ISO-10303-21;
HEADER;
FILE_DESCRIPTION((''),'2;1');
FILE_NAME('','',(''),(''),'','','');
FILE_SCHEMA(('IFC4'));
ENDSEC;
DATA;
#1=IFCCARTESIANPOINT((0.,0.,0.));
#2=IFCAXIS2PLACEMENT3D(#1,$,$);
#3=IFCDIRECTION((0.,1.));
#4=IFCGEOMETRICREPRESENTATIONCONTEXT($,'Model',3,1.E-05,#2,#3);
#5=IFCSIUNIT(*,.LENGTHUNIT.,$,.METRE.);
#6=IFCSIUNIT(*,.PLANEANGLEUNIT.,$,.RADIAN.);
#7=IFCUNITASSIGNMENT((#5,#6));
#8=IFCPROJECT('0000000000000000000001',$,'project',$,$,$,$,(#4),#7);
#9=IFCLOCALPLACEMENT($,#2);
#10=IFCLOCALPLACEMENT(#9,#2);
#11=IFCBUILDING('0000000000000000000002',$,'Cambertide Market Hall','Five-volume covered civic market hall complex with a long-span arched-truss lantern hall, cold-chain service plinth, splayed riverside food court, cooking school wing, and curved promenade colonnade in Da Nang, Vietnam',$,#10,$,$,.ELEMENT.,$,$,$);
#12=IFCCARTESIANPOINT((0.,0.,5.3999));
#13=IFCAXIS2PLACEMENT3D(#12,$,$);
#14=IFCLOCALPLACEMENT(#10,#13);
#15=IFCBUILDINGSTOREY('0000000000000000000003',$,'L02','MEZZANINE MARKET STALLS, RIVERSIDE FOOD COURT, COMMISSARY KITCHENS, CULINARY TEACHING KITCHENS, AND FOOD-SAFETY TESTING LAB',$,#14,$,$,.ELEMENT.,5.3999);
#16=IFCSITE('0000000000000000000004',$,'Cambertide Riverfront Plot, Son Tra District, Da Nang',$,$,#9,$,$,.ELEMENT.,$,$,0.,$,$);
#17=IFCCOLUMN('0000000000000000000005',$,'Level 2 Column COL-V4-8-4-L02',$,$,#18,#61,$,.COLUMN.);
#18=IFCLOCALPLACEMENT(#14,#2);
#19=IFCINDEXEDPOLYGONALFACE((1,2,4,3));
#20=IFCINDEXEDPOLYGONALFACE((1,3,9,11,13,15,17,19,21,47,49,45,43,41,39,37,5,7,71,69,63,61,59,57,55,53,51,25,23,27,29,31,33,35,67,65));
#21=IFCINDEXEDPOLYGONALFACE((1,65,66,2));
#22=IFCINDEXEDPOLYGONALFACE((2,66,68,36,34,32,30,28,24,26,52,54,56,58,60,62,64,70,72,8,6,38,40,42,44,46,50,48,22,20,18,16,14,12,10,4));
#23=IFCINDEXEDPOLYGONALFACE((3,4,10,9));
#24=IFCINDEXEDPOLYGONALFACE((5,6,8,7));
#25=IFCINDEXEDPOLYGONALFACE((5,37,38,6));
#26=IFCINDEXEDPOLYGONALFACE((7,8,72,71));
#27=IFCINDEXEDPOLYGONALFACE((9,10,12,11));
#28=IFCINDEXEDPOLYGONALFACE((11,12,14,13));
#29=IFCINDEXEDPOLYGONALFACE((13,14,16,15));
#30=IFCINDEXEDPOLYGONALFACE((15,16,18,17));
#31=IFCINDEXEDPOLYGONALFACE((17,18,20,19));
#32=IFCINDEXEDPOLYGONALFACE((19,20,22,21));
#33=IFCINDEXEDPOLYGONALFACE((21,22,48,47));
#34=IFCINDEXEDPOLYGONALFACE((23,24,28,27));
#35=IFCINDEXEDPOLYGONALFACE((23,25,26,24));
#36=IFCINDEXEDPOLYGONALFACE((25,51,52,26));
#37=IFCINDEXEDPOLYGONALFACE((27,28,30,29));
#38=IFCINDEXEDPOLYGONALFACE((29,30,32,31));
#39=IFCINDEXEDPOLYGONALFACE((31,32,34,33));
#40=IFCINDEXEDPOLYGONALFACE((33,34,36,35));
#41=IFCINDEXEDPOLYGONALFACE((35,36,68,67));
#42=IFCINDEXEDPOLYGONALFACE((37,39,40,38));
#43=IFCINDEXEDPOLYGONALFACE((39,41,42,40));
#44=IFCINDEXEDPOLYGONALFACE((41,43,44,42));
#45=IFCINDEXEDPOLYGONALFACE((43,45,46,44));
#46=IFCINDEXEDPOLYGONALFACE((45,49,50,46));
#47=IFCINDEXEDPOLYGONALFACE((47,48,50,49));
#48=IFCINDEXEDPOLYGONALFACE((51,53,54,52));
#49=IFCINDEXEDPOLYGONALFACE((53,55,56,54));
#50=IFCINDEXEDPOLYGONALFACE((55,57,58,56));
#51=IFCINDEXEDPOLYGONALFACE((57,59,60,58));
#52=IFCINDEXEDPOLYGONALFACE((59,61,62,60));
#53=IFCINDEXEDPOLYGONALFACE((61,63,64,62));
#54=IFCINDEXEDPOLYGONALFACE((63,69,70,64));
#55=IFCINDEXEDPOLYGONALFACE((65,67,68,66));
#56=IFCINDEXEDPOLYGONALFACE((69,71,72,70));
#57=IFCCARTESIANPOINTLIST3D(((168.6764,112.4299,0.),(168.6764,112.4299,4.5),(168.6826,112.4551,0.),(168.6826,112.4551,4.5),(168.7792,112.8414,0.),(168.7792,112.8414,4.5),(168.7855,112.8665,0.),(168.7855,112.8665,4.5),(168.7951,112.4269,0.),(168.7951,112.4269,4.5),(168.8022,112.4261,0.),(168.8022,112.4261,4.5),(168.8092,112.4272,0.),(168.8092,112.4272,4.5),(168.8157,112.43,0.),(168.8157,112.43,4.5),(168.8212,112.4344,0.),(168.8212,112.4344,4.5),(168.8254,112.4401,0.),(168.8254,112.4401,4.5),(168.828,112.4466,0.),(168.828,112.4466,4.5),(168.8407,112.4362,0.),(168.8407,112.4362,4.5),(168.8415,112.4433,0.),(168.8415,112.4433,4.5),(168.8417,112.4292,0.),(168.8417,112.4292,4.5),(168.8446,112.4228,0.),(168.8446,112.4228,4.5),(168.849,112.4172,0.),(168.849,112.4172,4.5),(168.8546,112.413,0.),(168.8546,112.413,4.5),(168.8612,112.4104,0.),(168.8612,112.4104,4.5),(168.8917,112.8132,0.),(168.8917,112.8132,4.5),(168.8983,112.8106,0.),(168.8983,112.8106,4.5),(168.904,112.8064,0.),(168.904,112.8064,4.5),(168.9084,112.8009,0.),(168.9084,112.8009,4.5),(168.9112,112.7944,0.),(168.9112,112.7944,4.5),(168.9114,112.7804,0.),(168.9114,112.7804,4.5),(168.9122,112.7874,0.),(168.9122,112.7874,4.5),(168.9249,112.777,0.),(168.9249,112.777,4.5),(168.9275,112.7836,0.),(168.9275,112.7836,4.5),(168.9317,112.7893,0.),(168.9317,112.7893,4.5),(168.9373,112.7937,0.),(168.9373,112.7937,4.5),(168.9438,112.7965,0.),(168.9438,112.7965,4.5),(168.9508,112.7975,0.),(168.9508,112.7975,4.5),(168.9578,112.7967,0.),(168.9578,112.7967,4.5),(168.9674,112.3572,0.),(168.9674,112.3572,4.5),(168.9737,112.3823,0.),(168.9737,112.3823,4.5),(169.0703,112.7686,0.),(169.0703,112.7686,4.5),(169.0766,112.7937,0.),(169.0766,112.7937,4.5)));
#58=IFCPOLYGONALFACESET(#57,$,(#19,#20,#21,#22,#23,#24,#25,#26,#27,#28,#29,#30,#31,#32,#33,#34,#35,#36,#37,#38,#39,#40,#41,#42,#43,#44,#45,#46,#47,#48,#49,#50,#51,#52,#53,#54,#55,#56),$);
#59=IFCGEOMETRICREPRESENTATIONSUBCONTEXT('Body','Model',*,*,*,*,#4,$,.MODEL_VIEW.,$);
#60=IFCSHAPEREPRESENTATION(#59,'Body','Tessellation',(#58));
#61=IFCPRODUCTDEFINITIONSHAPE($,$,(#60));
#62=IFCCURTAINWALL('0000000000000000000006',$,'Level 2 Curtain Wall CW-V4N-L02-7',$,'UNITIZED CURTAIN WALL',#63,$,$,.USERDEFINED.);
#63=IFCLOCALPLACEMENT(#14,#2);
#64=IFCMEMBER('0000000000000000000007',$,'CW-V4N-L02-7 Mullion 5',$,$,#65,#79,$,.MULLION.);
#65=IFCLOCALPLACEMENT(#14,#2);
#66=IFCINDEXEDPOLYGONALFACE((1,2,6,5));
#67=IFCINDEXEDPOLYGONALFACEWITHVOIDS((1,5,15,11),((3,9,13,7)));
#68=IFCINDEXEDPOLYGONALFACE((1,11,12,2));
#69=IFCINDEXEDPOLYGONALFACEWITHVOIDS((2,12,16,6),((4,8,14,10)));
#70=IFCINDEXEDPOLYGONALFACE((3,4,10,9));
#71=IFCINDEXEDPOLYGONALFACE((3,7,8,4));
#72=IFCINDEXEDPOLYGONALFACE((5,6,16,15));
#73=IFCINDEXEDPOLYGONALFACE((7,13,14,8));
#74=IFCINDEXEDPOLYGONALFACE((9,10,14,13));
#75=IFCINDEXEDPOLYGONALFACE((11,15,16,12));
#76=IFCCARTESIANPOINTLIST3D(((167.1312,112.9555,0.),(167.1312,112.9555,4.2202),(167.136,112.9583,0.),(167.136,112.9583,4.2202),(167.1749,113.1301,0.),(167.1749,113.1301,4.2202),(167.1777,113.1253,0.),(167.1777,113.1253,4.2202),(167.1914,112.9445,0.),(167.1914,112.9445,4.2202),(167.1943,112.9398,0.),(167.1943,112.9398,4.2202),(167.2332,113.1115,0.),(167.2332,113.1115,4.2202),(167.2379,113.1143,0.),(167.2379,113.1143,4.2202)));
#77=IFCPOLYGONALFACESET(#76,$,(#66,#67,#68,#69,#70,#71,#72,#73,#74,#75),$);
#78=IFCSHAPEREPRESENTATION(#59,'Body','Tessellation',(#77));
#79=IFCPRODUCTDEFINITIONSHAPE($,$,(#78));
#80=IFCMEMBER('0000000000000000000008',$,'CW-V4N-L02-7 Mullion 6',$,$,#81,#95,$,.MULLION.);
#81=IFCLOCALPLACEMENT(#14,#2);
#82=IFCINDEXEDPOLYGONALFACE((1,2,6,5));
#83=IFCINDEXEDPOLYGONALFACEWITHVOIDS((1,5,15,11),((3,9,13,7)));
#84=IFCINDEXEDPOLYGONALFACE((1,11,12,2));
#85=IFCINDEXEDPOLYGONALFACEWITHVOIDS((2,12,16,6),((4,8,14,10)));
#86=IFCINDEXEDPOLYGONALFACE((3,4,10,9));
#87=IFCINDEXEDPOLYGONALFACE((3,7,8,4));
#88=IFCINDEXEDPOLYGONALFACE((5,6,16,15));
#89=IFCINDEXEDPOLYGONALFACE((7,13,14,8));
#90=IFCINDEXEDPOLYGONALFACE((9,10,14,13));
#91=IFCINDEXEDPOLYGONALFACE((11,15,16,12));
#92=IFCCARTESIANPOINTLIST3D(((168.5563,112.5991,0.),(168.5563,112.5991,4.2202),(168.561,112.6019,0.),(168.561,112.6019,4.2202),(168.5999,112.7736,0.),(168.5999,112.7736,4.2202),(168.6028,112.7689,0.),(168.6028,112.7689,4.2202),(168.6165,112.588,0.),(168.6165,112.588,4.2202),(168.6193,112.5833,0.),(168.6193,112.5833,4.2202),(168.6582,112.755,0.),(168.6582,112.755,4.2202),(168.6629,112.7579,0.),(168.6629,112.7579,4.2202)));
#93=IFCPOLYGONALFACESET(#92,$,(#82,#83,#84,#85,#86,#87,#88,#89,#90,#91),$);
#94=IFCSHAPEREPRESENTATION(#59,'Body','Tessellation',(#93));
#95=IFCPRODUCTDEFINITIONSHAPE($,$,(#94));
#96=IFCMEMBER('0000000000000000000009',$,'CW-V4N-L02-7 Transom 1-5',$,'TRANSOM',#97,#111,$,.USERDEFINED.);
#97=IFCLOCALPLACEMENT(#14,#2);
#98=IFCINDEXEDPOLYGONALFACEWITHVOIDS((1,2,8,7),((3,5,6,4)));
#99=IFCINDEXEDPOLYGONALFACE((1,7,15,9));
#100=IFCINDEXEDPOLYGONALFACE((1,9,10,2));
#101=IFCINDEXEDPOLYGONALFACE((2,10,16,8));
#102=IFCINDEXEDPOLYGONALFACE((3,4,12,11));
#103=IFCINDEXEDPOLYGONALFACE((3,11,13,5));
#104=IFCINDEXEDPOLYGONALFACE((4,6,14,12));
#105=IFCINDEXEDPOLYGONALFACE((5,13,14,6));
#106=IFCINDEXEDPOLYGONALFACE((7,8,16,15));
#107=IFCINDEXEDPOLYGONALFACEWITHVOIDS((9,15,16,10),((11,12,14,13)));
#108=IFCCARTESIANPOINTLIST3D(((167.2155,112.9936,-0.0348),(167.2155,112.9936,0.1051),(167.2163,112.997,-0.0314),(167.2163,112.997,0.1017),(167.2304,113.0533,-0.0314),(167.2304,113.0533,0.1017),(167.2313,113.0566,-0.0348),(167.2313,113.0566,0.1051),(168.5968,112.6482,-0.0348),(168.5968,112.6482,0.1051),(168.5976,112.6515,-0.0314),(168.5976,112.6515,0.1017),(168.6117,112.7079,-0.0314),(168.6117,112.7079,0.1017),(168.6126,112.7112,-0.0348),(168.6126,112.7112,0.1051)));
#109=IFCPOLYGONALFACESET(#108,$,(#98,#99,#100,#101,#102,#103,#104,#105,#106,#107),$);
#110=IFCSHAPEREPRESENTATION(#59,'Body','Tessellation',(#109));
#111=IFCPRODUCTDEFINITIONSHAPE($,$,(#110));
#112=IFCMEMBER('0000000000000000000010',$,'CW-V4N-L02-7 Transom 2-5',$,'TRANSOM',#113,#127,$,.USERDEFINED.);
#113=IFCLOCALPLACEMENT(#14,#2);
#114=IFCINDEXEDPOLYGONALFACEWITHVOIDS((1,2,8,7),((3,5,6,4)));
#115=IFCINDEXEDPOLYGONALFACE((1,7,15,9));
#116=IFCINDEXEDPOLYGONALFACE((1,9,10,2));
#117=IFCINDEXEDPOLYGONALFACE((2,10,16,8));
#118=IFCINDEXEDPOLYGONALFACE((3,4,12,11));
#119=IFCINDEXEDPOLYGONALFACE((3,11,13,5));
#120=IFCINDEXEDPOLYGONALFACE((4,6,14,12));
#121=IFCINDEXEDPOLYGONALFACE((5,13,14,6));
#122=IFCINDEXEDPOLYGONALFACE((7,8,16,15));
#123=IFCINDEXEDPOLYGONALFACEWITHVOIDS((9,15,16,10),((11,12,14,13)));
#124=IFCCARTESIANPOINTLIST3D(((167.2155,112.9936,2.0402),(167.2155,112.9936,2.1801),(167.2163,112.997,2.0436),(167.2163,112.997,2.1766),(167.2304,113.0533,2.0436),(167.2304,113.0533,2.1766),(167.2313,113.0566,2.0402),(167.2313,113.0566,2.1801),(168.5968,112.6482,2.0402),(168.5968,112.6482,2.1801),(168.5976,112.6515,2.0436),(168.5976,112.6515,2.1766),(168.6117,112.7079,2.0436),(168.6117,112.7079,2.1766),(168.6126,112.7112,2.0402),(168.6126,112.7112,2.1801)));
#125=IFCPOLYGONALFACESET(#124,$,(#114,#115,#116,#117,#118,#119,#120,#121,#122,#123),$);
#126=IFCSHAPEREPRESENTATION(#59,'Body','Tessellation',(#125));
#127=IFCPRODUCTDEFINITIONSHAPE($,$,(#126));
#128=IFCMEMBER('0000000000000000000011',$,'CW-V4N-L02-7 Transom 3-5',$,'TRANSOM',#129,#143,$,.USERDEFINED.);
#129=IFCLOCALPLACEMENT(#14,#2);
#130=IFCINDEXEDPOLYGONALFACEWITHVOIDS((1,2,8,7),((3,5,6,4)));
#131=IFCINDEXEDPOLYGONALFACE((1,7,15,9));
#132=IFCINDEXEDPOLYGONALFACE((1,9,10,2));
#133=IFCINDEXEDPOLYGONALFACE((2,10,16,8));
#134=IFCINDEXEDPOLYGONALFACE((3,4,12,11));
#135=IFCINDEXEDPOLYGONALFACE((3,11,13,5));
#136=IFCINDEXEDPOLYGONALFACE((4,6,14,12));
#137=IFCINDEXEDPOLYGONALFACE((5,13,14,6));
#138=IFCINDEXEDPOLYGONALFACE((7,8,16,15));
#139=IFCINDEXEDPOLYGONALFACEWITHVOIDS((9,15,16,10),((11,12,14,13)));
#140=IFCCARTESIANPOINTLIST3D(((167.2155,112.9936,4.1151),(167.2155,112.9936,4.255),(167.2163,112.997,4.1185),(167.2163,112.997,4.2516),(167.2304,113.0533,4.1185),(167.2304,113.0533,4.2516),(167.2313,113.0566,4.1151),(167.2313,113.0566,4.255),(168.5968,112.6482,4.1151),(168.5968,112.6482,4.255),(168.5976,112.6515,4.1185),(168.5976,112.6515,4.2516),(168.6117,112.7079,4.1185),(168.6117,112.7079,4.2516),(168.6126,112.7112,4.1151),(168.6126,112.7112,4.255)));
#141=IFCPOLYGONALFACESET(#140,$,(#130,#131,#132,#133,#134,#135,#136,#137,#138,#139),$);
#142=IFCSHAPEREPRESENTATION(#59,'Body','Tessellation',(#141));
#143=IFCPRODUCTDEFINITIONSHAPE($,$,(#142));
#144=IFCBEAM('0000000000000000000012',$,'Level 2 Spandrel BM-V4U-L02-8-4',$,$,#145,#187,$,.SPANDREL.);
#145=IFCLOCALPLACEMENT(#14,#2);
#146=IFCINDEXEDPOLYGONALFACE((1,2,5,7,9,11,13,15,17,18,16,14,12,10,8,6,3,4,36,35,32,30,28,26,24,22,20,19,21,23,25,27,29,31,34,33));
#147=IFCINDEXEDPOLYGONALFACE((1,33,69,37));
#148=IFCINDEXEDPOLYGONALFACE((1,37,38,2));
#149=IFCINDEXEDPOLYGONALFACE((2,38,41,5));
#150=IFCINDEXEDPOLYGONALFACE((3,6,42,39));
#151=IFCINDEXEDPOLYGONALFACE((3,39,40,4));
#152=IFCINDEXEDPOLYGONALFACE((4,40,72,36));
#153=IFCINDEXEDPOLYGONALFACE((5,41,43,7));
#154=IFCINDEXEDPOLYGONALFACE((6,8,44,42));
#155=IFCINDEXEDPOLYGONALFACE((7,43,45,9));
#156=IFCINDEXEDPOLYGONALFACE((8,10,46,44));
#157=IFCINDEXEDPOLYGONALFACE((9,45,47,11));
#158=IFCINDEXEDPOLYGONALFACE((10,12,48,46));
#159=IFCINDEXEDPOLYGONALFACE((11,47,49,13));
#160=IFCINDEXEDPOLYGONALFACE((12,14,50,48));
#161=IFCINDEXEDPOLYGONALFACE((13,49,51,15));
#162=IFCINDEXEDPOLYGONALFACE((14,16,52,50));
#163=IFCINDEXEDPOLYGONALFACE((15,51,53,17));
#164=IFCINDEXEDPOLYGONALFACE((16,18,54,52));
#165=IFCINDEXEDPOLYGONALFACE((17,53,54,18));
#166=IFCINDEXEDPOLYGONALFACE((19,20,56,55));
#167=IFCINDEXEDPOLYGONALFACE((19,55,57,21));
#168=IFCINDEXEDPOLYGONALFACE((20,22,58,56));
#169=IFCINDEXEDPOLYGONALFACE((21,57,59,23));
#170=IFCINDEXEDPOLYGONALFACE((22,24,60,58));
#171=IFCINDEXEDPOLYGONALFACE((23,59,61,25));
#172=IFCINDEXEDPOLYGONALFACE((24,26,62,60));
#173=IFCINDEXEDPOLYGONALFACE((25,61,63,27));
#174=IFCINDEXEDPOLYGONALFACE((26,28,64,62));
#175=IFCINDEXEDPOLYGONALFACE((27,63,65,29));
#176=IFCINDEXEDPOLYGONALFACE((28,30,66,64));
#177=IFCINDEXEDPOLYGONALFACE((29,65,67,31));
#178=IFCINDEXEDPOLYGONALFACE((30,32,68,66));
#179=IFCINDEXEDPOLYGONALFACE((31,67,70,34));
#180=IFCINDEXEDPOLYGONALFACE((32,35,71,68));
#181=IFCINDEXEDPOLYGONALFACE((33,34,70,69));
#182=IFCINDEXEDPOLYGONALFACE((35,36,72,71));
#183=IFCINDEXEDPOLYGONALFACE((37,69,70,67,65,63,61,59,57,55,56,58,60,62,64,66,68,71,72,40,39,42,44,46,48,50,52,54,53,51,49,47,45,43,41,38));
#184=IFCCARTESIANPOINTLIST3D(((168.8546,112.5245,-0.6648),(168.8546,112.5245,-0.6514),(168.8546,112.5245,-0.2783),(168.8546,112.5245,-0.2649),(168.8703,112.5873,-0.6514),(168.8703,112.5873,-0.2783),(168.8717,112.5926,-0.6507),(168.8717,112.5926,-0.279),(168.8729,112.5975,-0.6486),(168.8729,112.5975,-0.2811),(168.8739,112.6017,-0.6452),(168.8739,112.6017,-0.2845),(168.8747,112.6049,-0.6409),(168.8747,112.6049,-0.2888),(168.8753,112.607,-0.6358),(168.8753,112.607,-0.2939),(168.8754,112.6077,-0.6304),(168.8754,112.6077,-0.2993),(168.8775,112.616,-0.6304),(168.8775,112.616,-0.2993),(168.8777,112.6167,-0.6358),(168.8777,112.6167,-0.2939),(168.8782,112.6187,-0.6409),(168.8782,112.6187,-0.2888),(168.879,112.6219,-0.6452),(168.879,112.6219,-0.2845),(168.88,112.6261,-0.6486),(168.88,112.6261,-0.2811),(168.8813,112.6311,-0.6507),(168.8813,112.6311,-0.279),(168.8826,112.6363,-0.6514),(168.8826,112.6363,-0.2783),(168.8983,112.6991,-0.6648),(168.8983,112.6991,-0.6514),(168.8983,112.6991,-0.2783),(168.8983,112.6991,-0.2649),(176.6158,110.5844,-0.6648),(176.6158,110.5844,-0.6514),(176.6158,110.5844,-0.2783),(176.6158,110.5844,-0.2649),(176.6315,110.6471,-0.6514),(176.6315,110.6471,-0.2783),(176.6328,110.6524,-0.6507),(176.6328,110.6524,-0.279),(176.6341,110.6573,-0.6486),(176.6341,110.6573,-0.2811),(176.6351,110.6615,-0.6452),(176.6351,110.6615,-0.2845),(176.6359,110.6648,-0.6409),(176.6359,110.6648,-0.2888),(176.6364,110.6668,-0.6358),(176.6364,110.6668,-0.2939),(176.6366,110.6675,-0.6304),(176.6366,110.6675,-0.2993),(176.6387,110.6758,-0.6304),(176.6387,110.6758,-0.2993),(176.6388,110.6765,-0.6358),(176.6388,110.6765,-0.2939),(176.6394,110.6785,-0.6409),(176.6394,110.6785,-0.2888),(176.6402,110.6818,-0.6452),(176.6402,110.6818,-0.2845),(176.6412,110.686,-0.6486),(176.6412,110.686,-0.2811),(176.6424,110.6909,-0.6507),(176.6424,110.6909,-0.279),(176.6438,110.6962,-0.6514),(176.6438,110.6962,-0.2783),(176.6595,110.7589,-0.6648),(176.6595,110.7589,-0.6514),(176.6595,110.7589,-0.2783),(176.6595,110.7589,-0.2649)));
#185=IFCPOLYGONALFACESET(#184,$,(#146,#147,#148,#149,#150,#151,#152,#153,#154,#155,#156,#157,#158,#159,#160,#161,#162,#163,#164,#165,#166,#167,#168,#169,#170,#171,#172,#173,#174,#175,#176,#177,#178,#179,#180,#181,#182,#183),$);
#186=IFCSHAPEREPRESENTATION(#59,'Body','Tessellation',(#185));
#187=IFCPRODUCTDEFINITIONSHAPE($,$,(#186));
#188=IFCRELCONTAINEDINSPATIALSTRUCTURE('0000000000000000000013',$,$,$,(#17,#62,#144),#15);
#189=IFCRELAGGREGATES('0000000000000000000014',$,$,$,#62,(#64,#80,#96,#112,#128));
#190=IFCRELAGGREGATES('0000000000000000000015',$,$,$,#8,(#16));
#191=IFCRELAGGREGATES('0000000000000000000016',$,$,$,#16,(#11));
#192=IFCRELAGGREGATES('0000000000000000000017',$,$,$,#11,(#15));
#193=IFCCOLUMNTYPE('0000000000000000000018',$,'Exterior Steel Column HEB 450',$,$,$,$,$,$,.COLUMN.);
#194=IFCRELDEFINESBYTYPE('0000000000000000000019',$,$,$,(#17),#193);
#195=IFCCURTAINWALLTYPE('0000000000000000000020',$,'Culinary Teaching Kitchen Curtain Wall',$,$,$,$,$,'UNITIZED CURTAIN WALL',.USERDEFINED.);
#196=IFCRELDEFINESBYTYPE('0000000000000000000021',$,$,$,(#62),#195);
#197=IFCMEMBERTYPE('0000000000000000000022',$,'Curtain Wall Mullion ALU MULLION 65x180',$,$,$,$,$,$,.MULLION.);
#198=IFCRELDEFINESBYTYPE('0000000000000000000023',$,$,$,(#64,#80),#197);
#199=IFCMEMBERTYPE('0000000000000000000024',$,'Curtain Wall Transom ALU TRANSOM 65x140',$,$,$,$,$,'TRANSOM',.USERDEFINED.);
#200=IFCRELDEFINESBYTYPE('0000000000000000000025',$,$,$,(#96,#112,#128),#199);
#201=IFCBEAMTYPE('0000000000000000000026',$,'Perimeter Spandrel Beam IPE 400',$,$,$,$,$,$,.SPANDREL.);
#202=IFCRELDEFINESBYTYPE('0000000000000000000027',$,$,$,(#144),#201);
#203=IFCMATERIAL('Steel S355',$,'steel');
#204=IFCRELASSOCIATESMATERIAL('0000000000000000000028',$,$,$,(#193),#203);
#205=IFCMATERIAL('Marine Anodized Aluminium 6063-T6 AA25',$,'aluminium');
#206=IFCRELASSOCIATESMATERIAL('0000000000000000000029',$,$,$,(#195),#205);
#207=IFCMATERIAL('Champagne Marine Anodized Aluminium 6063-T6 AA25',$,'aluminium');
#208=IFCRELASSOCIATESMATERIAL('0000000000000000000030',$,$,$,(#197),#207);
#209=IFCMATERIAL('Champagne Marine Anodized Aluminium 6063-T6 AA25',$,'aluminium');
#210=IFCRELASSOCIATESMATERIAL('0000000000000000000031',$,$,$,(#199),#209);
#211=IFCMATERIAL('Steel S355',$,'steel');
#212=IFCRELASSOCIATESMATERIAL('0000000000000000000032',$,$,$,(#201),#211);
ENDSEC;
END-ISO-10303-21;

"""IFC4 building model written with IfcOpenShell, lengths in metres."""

from ifc_helpers import new_model, si_unit, direction, frame, origin, origin_2d, place, context, subcontext, project, spatial, hollow_rectangle, i_section, extrude, material, material_profile, profile_set, type_object, element, aggregate, save


model = new_model("IFC4")

# Units and contexts
model_context = context("Model", 3, precision=1e-05, world=origin(), true_north=direction((0.0, 1.0)))
body_context = subcontext(model_context, "Body", "Model", "MODEL_VIEW")
ifc_project = project(units=[si_unit("LENGTHUNIT", "METRE"), si_unit("PLANEANGLEUNIT", "RADIAN")], contexts=[model_context])

# Site, building, storey
site_placement = place(None, origin())
site = spatial("IfcSite", under=ifc_project, at=site_placement, Name="Cambertide Riverfront Plot, Son Tra District, Da Nang", CompositionType="ELEMENT", RefElevation=0.0)
building_placement = place(site_placement, origin())
building = spatial("IfcBuilding", under=site, at=building_placement, Name="Cambertide Market Hall", Description="Five-volume covered civic market hall complex with a long-span arched-truss lantern hall, cold-chain service plinth, splayed riverside food court, cooking school wing, and curved promenade colonnade in Da Nang, Vietnam", CompositionType="ELEMENT")
storey_placement = place(building_placement, frame((0.0, 0.0, 5.3999)))
storey = spatial("IfcBuildingStorey", under=building, at=storey_placement, Name="L02", Description="MEZZANINE MARKET STALLS, RIVERSIDE FOOD COURT, COMMISSARY KITCHENS, CULINARY TEACHING KITCHENS, AND FOOD-SAFETY TESTING LAB", CompositionType="ELEMENT", Elevation=5.3999)

# Column
ifc_material_1 = material(Name="Steel S355", Category="steel")
ifc_material_profile_1 = material_profile(ifc_material_1, i_section(OverallWidth=0.3, OverallDepth=0.45, WebThickness=0.0139, FlangeThickness=0.0259, FilletRadius=0.0271, at=origin_2d()), Name="HEB 450")
ifc_profile_set_1 = profile_set([ifc_material_profile_1], Name="Steel S355")
column_type = type_object("IfcColumnType", Name="Exterior Steel Column HEB 450", PredefinedType="COLUMN", material=ifc_profile_set_1)
column_placement = place(storey_placement, frame((168.8765, 112.6118, 0.0), z_axis=(0.0, 0.0, 1.0), x_axis=(0.970143, -0.242536, 0.0)))
element("IfcColumn", 1, at=column_placement, inside=storey, type_object=column_type, Name="Level 2 Column COL-V4-8-4-L02", PredefinedType="COLUMN", context=body_context, shape_type="SweptSolid", body=[
    extrude(i_section(OverallWidth=0.3, OverallDepth=0.45, WebThickness=0.0139, FlangeThickness=0.0259, FilletRadius=0.0271, at=origin_2d()), origin(), (0.0, 0.0, 1.0), 4.5),
])

# Curtain wall, members
ifc_material_2 = material(Name="Marine Anodized Aluminium 6063-T6 AA25", Category="aluminium")
curtain_wall_type_1 = type_object("IfcCurtainWallType", Name="Culinary Teaching Kitchen Curtain Wall", ElementType="UNITIZED CURTAIN WALL", PredefinedType="USERDEFINED", material=ifc_material_2)
curtain_wall_1_placement = place(storey_placement, origin())
curtain_wall_1 = element("IfcCurtainWall", 2, at=curtain_wall_1_placement, inside=storey, type_object=curtain_wall_type_1, Name="Level 2 Curtain Wall CW-V4N-L02-7", ObjectType="UNITIZED CURTAIN WALL", PredefinedType="USERDEFINED")
ifc_material_3 = material(Name="Champagne Marine Anodized Aluminium 6063-T6 AA25", Category="aluminium")
ifc_material_profile_2 = material_profile(ifc_material_3, hollow_rectangle(XDim=0.0649, YDim=0.1799, WallThickness=0.0039, at=origin_2d()), Name="ALU MULLION 65x180")
ifc_profile_set_2 = profile_set([ifc_material_profile_2], Name="Champagne Marine Anodized Aluminium 6063-T6 AA25")
member_type_1 = type_object("IfcMemberType", Name="Curtain Wall Mullion ALU MULLION 65x180", PredefinedType="MULLION", material=ifc_profile_set_2)
member_1_placement = place(storey_placement, frame((167.1846, 113.0349, 0.0), z_axis=(0.0, 0.0, 1.0), x_axis=(0.970143, -0.242536, 0.0)))
member_1 = element("IfcMember", 3, at=member_1_placement, type_object=member_type_1, Name="CW-V4N-L02-7 Mullion 5", PredefinedType="MULLION", context=body_context, shape_type="SweptSolid", body=[
    extrude(hollow_rectangle(XDim=0.0649, YDim=0.1799, WallThickness=0.0039, at=origin_2d()), origin(), (0.0, 0.0, 1.0), 4.2202),
])
member_2_placement = place(storey_placement, frame((168.6096, 112.6785, 0.0), z_axis=(0.0, 0.0, 1.0), x_axis=(0.970143, -0.242536, 0.0)))
member_2 = element("IfcMember", 4, at=member_2_placement, type_object=member_type_1, Name="CW-V4N-L02-7 Mullion 6", PredefinedType="MULLION", context=body_context, shape_type="SweptSolid", body=[
    extrude(hollow_rectangle(XDim=0.0649, YDim=0.1799, WallThickness=0.0039, at=origin_2d()), origin(), (0.0, 0.0, 1.0), 4.2202),
])
ifc_material_4 = material(Name="Champagne Marine Anodized Aluminium 6063-T6 AA25", Category="aluminium")
ifc_material_profile_3 = material_profile(ifc_material_4, hollow_rectangle(XDim=0.0649, YDim=0.1399, WallThickness=0.0034, at=origin_2d()), Name="ALU TRANSOM 65x140")
ifc_profile_set_3 = profile_set([ifc_material_profile_3], Name="Champagne Marine Anodized Aluminium 6063-T6 AA25")
member_type_2 = type_object("IfcMemberType", Name="Curtain Wall Transom ALU TRANSOM 65x140", ElementType="TRANSOM", PredefinedType="USERDEFINED", material=ifc_profile_set_3)
member_3_placement = place(storey_placement, frame((167.2234, 113.0251, 0.0352), z_axis=(0.970122, -0.242616, 0.0), x_axis=(0.242616, 0.970122, 0.0)))
member_3 = element("IfcMember", 5, at=member_3_placement, type_object=member_type_2, Name="CW-V4N-L02-7 Transom 1-5", ObjectType="TRANSOM", PredefinedType="USERDEFINED", context=body_context, shape_type="SweptSolid", body=[
    extrude(hollow_rectangle(XDim=0.0649, YDim=0.1399, WallThickness=0.0034, at=origin_2d()), origin(), (0.0, 0.0, 1.0), 1.4238),
])
member_4_placement = place(storey_placement, frame((167.2234, 113.0251, 2.1101), z_axis=(0.970122, -0.242616, 0.0), x_axis=(0.242616, 0.970122, 0.0)))
member_4 = element("IfcMember", 6, at=member_4_placement, type_object=member_type_2, Name="CW-V4N-L02-7 Transom 2-5", ObjectType="TRANSOM", PredefinedType="USERDEFINED", context=body_context, shape_type="SweptSolid", body=[
    extrude(hollow_rectangle(XDim=0.0649, YDim=0.1399, WallThickness=0.0034, at=origin_2d()), origin(), (0.0, 0.0, 1.0), 1.4238),
])
member_5_placement = place(storey_placement, frame((167.2234, 113.0251, 4.1851), z_axis=(0.970122, -0.242616, 0.0), x_axis=(0.242616, 0.970122, 0.0)))
member_5 = element("IfcMember", 7, at=member_5_placement, type_object=member_type_2, Name="CW-V4N-L02-7 Transom 3-5", ObjectType="TRANSOM", PredefinedType="USERDEFINED", context=body_context, shape_type="SweptSolid", body=[
    extrude(hollow_rectangle(XDim=0.0649, YDim=0.1399, WallThickness=0.0034, at=origin_2d()), origin(), (0.0, 0.0, 1.0), 1.4238),
])

# Beam
ifc_material_5 = material(Name="Steel S355", Category="steel")
ifc_material_profile_4 = material_profile(ifc_material_5, i_section(OverallWidth=0.1799, OverallDepth=0.3999, WebThickness=0.0085, FlangeThickness=0.0134, FilletRadius=0.021, at=origin_2d()), Name="IPE 400")
ifc_profile_set_4 = profile_set([ifc_material_profile_4], Name="Steel S355")
beam_type_1 = type_object("IfcBeamType", Name="Perimeter Spandrel Beam IPE 400", PredefinedType="SPANDREL", material=ifc_profile_set_4)
beam_1_placement = place(storey_placement, frame((168.8765, 112.6118, -0.4648), z_axis=(0.970146, -0.242521, 0.0), x_axis=(0.242521, 0.970146, 0.0)))
element("IfcBeam", 8, at=beam_1_placement, inside=storey, type_object=beam_type_1, Name="Level 2 Spandrel BM-V4U-L02-8-4", PredefinedType="SPANDREL", context=body_context, shape_type="SweptSolid", body=[
    extrude(i_section(OverallWidth=0.1799, OverallDepth=0.3999, WebThickness=0.0085, FlangeThickness=0.0134, FilletRadius=0.021, at=origin_2d()), origin(), (0.0, 0.0, 1.0), 8.0),
])

aggregate(curtain_wall_1, [member_1, member_2, member_3, member_4, member_5])

save(model, "model.ifc")
